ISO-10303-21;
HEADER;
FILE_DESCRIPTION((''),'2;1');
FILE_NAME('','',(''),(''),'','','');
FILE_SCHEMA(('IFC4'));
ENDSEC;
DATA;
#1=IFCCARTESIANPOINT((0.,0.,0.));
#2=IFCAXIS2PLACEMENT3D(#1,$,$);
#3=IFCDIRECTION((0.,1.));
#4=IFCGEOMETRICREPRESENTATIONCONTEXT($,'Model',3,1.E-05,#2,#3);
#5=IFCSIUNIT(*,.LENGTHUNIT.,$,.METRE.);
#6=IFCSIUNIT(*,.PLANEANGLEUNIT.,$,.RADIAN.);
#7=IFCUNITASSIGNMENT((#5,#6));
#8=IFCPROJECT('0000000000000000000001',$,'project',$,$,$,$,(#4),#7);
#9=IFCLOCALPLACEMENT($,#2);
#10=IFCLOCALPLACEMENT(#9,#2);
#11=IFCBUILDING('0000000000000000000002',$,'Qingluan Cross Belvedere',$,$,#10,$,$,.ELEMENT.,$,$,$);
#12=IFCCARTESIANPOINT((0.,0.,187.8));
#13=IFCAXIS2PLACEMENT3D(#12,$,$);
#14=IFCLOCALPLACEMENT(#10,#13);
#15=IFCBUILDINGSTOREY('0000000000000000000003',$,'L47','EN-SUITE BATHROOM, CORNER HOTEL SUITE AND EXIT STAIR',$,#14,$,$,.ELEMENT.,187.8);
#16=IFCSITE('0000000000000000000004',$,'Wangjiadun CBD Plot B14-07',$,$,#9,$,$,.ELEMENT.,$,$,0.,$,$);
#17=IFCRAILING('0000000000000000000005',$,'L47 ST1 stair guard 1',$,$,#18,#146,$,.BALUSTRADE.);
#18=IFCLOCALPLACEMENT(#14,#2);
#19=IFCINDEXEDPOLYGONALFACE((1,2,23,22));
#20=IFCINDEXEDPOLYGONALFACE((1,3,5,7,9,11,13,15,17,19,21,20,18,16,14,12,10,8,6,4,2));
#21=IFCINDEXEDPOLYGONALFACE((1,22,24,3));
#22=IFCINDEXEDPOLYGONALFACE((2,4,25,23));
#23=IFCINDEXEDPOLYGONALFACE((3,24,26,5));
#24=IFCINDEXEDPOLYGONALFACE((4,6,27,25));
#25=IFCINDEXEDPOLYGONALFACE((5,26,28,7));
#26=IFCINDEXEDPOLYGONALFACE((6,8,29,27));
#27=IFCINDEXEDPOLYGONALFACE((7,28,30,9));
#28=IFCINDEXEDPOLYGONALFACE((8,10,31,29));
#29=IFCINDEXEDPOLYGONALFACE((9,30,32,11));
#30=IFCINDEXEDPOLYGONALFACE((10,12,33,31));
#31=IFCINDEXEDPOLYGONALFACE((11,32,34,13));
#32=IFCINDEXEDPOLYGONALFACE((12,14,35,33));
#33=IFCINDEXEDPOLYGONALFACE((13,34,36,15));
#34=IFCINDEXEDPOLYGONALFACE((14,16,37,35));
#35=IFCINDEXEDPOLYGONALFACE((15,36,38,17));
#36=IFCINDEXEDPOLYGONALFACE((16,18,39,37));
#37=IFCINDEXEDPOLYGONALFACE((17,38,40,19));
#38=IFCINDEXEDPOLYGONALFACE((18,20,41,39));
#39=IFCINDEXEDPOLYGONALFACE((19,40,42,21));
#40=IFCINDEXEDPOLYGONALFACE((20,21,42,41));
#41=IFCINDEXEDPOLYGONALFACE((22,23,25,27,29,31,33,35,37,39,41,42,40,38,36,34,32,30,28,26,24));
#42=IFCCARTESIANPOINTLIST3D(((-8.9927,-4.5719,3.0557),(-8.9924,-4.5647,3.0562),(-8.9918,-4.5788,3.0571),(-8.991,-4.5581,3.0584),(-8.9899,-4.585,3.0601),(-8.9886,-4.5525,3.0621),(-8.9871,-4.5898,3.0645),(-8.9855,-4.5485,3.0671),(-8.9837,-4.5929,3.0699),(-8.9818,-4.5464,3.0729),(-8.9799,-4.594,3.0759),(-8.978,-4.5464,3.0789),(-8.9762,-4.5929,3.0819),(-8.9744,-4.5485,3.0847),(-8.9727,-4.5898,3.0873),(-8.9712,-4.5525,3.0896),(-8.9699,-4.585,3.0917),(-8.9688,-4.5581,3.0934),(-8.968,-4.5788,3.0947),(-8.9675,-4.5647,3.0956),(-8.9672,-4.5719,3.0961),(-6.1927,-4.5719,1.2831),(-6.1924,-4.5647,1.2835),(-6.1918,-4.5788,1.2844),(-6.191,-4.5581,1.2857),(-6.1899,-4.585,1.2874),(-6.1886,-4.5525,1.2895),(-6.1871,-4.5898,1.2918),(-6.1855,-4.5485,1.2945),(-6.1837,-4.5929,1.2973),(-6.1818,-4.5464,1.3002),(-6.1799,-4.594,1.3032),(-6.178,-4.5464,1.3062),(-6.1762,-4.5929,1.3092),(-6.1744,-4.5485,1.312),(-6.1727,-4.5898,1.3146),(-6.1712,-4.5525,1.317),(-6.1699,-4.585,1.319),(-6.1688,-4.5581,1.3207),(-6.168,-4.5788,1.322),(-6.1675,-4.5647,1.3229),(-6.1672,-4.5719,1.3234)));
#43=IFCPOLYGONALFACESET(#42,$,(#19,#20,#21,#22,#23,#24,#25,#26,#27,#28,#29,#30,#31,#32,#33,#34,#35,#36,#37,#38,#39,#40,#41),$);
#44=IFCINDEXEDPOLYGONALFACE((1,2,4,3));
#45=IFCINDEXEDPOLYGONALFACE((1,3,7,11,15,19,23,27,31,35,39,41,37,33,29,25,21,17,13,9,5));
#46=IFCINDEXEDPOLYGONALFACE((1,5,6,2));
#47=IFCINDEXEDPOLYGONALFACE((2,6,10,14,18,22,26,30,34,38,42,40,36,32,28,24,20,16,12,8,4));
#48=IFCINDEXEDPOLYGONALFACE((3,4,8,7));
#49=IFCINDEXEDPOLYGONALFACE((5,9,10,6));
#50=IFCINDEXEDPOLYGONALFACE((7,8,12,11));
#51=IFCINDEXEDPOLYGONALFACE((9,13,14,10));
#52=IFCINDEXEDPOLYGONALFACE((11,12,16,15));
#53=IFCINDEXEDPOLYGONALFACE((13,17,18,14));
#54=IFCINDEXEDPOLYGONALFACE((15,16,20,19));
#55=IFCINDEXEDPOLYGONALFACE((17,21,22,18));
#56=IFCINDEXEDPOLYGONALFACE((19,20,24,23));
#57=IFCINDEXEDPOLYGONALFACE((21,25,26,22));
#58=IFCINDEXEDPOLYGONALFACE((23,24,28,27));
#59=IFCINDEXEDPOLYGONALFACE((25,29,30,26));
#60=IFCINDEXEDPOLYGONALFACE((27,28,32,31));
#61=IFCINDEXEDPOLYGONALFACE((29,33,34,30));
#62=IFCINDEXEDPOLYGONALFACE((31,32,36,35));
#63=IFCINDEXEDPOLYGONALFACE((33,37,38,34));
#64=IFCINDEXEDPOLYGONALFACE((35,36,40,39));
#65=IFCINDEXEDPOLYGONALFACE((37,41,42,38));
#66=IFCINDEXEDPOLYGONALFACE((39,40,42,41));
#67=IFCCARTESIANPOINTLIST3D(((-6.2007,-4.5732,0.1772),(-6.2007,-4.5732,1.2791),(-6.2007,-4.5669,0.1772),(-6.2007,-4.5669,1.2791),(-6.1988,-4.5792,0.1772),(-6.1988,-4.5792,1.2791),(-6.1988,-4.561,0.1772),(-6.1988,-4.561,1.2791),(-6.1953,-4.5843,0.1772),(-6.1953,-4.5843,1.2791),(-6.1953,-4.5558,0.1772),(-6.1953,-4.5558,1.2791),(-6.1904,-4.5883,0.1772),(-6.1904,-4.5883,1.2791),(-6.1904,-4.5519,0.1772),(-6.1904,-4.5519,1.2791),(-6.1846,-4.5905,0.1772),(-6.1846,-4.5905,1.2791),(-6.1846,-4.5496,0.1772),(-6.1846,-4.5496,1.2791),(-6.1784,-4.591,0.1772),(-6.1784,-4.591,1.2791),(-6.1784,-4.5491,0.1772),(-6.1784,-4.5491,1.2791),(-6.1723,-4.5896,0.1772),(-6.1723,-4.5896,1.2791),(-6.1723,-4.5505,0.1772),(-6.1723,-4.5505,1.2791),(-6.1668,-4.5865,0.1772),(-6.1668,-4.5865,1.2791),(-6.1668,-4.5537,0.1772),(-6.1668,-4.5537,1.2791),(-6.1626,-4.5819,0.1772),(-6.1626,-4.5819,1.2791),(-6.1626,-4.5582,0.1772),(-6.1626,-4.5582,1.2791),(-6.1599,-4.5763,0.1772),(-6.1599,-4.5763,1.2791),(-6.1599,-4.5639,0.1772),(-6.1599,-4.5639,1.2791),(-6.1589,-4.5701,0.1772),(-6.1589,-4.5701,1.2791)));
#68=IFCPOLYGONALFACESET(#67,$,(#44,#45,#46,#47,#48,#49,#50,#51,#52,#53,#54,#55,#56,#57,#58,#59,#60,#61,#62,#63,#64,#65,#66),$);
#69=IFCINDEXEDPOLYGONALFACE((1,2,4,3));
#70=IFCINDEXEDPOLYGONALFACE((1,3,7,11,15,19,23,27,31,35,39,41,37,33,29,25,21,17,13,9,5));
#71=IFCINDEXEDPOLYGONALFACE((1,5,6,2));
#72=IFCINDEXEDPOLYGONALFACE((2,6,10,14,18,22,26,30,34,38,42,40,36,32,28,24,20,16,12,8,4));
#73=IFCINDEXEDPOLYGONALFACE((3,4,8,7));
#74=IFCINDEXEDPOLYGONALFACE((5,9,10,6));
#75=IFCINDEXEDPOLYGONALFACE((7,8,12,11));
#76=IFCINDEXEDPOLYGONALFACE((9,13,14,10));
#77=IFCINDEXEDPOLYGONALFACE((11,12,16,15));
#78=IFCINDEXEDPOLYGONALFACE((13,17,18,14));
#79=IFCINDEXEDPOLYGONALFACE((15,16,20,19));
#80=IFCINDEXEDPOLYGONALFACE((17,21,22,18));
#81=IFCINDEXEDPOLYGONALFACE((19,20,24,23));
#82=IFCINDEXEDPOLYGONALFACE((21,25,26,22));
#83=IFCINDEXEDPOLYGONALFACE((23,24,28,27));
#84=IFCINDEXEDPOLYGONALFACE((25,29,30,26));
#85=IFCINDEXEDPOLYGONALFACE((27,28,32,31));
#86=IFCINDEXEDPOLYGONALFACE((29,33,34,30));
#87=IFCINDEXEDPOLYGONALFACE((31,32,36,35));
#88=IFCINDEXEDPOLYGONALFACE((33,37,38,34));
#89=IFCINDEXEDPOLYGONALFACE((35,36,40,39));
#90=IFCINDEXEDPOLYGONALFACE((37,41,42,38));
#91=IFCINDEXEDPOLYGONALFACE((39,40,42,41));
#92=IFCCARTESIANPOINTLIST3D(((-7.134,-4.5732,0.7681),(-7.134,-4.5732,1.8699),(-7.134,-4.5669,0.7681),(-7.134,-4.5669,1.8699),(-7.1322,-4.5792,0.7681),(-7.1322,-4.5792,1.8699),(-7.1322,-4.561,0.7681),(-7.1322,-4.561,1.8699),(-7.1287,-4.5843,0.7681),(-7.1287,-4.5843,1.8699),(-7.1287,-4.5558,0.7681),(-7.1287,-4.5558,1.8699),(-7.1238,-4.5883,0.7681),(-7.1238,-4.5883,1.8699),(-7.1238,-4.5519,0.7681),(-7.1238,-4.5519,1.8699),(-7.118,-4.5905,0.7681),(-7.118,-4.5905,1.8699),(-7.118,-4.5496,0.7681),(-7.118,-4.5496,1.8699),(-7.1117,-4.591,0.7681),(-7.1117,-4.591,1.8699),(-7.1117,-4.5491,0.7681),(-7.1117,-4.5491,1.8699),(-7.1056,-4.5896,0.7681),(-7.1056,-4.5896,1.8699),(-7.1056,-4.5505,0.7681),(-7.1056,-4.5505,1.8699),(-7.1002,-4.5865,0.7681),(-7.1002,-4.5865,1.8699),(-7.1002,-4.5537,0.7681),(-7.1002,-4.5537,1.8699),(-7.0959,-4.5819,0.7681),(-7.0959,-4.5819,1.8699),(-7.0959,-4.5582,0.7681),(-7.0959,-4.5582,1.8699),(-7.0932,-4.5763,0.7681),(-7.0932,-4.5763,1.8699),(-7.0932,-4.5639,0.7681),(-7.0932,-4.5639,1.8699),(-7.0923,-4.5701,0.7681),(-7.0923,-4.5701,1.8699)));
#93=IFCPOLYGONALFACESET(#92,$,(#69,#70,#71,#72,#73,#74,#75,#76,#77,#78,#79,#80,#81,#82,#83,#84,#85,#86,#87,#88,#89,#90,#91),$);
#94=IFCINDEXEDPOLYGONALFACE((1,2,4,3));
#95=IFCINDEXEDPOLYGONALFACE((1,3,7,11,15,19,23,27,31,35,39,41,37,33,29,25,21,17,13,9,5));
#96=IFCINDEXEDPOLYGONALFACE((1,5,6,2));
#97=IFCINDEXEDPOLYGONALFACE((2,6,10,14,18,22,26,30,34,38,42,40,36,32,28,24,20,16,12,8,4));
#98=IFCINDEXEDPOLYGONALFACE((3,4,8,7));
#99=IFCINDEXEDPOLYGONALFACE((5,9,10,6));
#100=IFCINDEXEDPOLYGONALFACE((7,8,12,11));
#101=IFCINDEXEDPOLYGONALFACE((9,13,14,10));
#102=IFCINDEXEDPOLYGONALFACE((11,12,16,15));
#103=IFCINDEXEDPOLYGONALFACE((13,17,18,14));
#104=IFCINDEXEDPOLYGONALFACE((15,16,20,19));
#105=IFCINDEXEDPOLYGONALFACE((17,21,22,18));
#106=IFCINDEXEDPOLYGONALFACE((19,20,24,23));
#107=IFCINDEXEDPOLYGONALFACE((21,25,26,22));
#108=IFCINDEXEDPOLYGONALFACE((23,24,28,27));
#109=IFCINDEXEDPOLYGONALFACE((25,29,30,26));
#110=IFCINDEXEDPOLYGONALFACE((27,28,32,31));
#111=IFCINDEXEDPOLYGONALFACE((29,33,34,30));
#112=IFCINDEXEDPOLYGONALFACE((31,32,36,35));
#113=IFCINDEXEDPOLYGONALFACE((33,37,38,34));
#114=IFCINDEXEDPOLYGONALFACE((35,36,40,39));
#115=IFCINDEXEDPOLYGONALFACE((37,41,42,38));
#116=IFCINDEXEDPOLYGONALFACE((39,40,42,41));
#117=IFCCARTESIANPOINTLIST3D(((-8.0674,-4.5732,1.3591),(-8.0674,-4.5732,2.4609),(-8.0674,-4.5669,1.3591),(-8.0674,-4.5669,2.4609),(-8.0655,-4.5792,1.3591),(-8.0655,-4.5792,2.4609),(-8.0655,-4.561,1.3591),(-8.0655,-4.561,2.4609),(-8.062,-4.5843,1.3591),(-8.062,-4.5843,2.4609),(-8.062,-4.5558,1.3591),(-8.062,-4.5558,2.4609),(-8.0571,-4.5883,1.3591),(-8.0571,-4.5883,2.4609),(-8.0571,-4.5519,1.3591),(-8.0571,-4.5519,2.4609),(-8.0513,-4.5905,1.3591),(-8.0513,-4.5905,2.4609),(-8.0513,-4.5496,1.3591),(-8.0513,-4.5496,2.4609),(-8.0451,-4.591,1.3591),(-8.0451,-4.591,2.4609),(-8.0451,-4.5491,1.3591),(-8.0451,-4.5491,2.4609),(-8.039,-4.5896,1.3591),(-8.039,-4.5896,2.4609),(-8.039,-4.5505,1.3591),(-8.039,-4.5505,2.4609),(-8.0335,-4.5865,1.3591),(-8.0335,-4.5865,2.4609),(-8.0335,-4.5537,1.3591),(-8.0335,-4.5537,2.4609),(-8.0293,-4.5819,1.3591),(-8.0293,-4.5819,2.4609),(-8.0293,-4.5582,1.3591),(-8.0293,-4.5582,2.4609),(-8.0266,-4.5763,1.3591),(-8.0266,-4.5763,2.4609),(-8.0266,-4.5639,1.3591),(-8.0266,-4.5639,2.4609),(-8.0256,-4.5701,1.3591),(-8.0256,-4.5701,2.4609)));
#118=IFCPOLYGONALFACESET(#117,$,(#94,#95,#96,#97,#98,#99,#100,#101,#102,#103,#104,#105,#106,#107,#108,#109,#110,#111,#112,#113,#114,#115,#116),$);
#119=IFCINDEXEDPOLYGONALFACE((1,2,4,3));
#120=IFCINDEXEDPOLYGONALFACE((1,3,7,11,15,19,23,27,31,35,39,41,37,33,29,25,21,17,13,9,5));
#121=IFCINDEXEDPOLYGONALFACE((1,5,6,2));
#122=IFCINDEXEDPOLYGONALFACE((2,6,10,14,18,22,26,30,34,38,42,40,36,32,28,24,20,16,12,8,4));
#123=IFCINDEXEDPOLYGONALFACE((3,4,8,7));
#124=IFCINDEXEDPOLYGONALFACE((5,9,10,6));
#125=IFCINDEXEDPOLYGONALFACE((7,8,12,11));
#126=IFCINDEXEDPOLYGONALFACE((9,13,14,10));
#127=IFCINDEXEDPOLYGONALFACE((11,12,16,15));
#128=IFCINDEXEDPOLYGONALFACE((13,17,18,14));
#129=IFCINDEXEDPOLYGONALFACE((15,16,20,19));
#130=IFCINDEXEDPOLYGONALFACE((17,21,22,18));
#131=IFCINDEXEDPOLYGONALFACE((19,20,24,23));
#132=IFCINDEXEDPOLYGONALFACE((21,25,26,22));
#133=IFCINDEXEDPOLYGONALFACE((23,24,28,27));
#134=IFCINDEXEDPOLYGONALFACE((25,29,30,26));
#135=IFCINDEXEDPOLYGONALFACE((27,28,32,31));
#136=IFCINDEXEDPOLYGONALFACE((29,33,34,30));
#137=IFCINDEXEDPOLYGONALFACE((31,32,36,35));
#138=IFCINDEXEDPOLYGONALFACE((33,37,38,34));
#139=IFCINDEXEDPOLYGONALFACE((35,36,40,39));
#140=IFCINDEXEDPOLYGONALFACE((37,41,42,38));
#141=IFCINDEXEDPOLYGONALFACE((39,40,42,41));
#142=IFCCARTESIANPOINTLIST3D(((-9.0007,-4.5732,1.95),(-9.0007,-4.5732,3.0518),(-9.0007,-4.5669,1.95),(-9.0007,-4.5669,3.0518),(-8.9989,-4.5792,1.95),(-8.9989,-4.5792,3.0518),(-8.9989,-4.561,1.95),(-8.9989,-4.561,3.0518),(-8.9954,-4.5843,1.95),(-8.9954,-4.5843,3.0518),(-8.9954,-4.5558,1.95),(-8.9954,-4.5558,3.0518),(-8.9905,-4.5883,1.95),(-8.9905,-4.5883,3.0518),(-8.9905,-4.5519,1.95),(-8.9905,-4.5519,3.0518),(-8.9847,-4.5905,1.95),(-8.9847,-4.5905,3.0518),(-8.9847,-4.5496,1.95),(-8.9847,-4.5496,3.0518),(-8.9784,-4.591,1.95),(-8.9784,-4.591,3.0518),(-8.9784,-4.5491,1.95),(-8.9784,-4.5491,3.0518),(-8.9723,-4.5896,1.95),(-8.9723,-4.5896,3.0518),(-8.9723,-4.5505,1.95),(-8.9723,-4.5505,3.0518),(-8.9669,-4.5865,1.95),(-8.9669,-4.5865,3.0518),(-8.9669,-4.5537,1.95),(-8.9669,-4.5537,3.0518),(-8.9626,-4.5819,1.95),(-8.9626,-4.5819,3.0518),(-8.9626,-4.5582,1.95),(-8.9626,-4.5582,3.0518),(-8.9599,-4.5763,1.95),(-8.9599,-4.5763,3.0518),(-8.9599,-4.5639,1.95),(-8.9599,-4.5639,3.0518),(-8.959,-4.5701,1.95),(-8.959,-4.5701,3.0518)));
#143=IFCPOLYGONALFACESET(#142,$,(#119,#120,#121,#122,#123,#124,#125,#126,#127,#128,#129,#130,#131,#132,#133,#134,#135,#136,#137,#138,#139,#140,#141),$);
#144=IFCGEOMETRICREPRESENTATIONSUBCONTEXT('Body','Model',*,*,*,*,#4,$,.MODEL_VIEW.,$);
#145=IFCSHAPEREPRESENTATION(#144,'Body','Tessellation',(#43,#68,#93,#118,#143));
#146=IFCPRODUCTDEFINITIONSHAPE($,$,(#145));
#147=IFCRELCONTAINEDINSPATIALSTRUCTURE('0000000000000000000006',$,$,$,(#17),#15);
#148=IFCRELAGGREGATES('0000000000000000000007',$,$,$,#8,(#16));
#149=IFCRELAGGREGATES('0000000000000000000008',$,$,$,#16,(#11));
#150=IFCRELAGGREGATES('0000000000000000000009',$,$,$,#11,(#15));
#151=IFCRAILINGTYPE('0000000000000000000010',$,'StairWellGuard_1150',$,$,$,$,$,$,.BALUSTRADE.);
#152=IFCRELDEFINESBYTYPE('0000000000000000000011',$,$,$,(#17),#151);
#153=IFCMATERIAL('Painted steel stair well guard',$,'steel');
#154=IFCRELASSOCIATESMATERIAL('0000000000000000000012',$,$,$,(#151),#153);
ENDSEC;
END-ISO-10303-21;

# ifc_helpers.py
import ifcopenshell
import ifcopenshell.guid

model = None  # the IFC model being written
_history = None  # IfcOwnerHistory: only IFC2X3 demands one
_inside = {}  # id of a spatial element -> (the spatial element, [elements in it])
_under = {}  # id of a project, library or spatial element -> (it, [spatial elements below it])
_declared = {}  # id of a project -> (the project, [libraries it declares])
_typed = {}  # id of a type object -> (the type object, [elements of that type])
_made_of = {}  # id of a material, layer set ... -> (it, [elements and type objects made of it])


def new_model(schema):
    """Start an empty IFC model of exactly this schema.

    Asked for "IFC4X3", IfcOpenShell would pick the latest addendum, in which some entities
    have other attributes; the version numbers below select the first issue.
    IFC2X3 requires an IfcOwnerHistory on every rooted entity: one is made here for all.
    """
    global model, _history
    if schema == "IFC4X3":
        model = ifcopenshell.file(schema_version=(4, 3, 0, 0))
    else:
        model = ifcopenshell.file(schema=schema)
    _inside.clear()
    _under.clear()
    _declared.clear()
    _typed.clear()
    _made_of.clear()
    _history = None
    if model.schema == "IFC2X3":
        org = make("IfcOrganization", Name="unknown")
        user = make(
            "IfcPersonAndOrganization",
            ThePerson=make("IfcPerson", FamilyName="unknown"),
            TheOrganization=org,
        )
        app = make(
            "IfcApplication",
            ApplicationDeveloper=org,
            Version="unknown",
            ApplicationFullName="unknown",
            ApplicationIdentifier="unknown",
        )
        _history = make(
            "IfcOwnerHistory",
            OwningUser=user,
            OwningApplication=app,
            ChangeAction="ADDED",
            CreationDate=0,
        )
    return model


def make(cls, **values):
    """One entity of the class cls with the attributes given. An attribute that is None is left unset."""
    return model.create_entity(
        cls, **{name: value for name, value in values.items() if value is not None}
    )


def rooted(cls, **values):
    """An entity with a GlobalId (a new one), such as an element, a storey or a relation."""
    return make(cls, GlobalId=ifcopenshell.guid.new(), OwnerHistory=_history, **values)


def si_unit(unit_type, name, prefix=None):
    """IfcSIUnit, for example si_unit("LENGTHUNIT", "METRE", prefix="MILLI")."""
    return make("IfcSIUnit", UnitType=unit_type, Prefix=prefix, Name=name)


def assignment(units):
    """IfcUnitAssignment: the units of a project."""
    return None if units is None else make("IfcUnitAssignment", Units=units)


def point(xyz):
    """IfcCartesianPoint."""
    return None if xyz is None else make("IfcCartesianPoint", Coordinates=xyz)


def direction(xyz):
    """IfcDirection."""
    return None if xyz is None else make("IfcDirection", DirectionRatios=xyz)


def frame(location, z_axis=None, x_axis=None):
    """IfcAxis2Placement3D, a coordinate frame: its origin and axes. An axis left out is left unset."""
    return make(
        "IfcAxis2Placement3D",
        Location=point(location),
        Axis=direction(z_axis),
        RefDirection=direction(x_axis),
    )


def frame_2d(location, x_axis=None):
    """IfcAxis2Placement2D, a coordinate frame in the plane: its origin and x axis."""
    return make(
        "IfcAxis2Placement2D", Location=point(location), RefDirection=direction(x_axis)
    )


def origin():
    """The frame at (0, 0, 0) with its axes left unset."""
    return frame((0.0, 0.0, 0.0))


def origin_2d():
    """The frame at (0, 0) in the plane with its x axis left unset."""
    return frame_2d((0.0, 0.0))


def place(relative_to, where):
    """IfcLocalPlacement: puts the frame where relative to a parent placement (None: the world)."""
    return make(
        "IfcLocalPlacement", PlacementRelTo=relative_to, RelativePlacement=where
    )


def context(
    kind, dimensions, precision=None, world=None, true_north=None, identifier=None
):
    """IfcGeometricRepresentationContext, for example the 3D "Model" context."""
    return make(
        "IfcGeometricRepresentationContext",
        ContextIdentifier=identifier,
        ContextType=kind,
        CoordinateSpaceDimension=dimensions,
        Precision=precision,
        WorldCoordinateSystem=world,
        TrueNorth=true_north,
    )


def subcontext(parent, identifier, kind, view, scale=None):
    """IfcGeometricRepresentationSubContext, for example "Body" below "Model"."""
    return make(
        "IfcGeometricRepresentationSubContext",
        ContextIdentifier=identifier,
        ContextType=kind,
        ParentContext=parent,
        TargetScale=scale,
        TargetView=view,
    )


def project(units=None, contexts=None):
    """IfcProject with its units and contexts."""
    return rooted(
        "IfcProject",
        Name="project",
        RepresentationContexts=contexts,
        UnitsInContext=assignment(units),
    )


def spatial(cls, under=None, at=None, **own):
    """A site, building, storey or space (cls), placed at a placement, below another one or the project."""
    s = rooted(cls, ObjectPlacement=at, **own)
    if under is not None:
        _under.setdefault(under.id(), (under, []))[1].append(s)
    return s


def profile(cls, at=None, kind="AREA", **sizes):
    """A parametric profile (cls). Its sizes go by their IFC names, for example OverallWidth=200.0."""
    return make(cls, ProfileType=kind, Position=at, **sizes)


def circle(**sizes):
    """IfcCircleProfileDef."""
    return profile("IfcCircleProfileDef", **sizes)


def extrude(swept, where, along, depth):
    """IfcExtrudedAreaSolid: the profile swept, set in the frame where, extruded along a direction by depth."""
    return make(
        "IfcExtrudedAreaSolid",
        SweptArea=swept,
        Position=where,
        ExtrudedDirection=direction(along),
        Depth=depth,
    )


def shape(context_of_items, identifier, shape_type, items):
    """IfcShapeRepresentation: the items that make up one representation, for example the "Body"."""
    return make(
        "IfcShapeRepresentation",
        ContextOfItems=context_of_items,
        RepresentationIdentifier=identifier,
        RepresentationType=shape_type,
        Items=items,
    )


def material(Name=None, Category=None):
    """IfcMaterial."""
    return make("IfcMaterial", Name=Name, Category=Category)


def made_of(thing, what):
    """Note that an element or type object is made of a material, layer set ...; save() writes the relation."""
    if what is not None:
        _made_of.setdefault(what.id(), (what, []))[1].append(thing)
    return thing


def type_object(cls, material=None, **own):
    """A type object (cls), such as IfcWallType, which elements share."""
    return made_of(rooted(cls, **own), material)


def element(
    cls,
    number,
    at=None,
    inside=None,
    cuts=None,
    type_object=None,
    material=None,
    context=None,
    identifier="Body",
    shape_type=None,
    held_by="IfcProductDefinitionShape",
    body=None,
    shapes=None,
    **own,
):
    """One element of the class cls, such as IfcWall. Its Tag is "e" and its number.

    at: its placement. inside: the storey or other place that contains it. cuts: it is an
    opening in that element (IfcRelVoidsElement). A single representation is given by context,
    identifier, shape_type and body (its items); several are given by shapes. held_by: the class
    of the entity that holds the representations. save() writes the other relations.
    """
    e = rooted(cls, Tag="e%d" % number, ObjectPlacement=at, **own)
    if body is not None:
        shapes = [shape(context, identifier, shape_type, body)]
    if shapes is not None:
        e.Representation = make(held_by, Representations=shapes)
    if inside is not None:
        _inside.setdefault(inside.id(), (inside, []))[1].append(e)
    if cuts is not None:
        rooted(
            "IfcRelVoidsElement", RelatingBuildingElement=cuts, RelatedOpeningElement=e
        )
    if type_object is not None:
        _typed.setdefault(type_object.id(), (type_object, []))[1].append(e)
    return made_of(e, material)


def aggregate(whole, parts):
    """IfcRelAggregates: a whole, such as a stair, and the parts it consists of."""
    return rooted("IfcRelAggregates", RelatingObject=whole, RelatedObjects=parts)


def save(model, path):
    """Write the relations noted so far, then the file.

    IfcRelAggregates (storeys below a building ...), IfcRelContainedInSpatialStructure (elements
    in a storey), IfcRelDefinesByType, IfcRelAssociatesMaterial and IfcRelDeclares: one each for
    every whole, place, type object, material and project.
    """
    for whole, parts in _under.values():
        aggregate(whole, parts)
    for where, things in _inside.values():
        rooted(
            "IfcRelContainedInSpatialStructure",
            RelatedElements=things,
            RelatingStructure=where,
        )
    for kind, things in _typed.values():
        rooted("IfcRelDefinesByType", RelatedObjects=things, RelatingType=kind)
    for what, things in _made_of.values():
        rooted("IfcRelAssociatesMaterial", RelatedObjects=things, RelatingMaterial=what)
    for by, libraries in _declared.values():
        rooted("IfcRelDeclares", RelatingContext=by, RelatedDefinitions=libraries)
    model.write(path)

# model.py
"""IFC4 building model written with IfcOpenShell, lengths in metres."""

from ifc_helpers import new_model, si_unit, direction, frame, origin, origin_2d, place, context, subcontext, project, spatial, circle, extrude, material, type_object, element, save


model = new_model("IFC4")

# Units and contexts
model_context = context("Model", 3, precision=1e-05, world=origin(), true_north=direction((0.0, 1.0)))
body_context = subcontext(model_context, "Body", "Model", "MODEL_VIEW")
ifc_project = project(units=[si_unit("LENGTHUNIT", "METRE"), si_unit("PLANEANGLEUNIT", "RADIAN")], contexts=[model_context])

# Site, building, storey
site_placement = place(None, origin())
site = spatial("IfcSite", under=ifc_project, at=site_placement, Name="Wangjiadun CBD Plot B14-07", CompositionType="ELEMENT", RefElevation=0.0)
building_placement = place(site_placement, origin())
building = spatial("IfcBuilding", under=site, at=building_placement, Name="Qingluan Cross Belvedere", CompositionType="ELEMENT")
storey_placement = place(building_placement, frame((0.0, 0.0, 187.8)))
storey = spatial("IfcBuildingStorey", under=building, at=storey_placement, Name="L47", Description="EN-SUITE BATHROOM, CORNER HOTEL SUITE AND EXIT STAIR", CompositionType="ELEMENT", Elevation=187.8)

# Railing
ifc_material_1 = material(Name="Painted steel stair well guard", Category="steel")
railing_type_1 = type_object("IfcRailingType", Name="StairWellGuard_1150", PredefinedType="BALUSTRADE", material=ifc_material_1)
railing_1_placement = place(storey_placement, frame((-6.1799, -4.5701, 0.1772)))
element("IfcRailing", 1, at=railing_1_placement, inside=storey, type_object=railing_type_1, Name="L47 ST1 stair guard 1", PredefinedType="BALUSTRADE", context=body_context, shape_type="SweptSolid", body=[
    extrude(circle(Radius=0.0239, at=origin_2d()), frame((0.0, 0.0, 1.126), z_axis=(-0.844909, 0.0, 0.53491), x_axis=(0.0, -1.0, 0.0)), (0.0, 0.0, 1.0), 3.314),
    extrude(circle(Radius=0.021, at=origin_2d()), origin(), (0.0, 0.0, 1.0), 1.1018),
    extrude(circle(Radius=0.021, at=origin_2d()), frame((-0.9333, 0.0, 0.5908)), (0.0, 0.0, 1.0), 1.1018),
    extrude(circle(Radius=0.021, at=origin_2d()), frame((-1.8667, 0.0, 1.1819)), (0.0, 0.0, 1.0), 1.1018),
    extrude(circle(Radius=0.021, at=origin_2d()), frame((-2.8, 0.0, 1.7727)), (0.0, 0.0, 1.0), 1.1018),
])

save(model, "model.ifc")
